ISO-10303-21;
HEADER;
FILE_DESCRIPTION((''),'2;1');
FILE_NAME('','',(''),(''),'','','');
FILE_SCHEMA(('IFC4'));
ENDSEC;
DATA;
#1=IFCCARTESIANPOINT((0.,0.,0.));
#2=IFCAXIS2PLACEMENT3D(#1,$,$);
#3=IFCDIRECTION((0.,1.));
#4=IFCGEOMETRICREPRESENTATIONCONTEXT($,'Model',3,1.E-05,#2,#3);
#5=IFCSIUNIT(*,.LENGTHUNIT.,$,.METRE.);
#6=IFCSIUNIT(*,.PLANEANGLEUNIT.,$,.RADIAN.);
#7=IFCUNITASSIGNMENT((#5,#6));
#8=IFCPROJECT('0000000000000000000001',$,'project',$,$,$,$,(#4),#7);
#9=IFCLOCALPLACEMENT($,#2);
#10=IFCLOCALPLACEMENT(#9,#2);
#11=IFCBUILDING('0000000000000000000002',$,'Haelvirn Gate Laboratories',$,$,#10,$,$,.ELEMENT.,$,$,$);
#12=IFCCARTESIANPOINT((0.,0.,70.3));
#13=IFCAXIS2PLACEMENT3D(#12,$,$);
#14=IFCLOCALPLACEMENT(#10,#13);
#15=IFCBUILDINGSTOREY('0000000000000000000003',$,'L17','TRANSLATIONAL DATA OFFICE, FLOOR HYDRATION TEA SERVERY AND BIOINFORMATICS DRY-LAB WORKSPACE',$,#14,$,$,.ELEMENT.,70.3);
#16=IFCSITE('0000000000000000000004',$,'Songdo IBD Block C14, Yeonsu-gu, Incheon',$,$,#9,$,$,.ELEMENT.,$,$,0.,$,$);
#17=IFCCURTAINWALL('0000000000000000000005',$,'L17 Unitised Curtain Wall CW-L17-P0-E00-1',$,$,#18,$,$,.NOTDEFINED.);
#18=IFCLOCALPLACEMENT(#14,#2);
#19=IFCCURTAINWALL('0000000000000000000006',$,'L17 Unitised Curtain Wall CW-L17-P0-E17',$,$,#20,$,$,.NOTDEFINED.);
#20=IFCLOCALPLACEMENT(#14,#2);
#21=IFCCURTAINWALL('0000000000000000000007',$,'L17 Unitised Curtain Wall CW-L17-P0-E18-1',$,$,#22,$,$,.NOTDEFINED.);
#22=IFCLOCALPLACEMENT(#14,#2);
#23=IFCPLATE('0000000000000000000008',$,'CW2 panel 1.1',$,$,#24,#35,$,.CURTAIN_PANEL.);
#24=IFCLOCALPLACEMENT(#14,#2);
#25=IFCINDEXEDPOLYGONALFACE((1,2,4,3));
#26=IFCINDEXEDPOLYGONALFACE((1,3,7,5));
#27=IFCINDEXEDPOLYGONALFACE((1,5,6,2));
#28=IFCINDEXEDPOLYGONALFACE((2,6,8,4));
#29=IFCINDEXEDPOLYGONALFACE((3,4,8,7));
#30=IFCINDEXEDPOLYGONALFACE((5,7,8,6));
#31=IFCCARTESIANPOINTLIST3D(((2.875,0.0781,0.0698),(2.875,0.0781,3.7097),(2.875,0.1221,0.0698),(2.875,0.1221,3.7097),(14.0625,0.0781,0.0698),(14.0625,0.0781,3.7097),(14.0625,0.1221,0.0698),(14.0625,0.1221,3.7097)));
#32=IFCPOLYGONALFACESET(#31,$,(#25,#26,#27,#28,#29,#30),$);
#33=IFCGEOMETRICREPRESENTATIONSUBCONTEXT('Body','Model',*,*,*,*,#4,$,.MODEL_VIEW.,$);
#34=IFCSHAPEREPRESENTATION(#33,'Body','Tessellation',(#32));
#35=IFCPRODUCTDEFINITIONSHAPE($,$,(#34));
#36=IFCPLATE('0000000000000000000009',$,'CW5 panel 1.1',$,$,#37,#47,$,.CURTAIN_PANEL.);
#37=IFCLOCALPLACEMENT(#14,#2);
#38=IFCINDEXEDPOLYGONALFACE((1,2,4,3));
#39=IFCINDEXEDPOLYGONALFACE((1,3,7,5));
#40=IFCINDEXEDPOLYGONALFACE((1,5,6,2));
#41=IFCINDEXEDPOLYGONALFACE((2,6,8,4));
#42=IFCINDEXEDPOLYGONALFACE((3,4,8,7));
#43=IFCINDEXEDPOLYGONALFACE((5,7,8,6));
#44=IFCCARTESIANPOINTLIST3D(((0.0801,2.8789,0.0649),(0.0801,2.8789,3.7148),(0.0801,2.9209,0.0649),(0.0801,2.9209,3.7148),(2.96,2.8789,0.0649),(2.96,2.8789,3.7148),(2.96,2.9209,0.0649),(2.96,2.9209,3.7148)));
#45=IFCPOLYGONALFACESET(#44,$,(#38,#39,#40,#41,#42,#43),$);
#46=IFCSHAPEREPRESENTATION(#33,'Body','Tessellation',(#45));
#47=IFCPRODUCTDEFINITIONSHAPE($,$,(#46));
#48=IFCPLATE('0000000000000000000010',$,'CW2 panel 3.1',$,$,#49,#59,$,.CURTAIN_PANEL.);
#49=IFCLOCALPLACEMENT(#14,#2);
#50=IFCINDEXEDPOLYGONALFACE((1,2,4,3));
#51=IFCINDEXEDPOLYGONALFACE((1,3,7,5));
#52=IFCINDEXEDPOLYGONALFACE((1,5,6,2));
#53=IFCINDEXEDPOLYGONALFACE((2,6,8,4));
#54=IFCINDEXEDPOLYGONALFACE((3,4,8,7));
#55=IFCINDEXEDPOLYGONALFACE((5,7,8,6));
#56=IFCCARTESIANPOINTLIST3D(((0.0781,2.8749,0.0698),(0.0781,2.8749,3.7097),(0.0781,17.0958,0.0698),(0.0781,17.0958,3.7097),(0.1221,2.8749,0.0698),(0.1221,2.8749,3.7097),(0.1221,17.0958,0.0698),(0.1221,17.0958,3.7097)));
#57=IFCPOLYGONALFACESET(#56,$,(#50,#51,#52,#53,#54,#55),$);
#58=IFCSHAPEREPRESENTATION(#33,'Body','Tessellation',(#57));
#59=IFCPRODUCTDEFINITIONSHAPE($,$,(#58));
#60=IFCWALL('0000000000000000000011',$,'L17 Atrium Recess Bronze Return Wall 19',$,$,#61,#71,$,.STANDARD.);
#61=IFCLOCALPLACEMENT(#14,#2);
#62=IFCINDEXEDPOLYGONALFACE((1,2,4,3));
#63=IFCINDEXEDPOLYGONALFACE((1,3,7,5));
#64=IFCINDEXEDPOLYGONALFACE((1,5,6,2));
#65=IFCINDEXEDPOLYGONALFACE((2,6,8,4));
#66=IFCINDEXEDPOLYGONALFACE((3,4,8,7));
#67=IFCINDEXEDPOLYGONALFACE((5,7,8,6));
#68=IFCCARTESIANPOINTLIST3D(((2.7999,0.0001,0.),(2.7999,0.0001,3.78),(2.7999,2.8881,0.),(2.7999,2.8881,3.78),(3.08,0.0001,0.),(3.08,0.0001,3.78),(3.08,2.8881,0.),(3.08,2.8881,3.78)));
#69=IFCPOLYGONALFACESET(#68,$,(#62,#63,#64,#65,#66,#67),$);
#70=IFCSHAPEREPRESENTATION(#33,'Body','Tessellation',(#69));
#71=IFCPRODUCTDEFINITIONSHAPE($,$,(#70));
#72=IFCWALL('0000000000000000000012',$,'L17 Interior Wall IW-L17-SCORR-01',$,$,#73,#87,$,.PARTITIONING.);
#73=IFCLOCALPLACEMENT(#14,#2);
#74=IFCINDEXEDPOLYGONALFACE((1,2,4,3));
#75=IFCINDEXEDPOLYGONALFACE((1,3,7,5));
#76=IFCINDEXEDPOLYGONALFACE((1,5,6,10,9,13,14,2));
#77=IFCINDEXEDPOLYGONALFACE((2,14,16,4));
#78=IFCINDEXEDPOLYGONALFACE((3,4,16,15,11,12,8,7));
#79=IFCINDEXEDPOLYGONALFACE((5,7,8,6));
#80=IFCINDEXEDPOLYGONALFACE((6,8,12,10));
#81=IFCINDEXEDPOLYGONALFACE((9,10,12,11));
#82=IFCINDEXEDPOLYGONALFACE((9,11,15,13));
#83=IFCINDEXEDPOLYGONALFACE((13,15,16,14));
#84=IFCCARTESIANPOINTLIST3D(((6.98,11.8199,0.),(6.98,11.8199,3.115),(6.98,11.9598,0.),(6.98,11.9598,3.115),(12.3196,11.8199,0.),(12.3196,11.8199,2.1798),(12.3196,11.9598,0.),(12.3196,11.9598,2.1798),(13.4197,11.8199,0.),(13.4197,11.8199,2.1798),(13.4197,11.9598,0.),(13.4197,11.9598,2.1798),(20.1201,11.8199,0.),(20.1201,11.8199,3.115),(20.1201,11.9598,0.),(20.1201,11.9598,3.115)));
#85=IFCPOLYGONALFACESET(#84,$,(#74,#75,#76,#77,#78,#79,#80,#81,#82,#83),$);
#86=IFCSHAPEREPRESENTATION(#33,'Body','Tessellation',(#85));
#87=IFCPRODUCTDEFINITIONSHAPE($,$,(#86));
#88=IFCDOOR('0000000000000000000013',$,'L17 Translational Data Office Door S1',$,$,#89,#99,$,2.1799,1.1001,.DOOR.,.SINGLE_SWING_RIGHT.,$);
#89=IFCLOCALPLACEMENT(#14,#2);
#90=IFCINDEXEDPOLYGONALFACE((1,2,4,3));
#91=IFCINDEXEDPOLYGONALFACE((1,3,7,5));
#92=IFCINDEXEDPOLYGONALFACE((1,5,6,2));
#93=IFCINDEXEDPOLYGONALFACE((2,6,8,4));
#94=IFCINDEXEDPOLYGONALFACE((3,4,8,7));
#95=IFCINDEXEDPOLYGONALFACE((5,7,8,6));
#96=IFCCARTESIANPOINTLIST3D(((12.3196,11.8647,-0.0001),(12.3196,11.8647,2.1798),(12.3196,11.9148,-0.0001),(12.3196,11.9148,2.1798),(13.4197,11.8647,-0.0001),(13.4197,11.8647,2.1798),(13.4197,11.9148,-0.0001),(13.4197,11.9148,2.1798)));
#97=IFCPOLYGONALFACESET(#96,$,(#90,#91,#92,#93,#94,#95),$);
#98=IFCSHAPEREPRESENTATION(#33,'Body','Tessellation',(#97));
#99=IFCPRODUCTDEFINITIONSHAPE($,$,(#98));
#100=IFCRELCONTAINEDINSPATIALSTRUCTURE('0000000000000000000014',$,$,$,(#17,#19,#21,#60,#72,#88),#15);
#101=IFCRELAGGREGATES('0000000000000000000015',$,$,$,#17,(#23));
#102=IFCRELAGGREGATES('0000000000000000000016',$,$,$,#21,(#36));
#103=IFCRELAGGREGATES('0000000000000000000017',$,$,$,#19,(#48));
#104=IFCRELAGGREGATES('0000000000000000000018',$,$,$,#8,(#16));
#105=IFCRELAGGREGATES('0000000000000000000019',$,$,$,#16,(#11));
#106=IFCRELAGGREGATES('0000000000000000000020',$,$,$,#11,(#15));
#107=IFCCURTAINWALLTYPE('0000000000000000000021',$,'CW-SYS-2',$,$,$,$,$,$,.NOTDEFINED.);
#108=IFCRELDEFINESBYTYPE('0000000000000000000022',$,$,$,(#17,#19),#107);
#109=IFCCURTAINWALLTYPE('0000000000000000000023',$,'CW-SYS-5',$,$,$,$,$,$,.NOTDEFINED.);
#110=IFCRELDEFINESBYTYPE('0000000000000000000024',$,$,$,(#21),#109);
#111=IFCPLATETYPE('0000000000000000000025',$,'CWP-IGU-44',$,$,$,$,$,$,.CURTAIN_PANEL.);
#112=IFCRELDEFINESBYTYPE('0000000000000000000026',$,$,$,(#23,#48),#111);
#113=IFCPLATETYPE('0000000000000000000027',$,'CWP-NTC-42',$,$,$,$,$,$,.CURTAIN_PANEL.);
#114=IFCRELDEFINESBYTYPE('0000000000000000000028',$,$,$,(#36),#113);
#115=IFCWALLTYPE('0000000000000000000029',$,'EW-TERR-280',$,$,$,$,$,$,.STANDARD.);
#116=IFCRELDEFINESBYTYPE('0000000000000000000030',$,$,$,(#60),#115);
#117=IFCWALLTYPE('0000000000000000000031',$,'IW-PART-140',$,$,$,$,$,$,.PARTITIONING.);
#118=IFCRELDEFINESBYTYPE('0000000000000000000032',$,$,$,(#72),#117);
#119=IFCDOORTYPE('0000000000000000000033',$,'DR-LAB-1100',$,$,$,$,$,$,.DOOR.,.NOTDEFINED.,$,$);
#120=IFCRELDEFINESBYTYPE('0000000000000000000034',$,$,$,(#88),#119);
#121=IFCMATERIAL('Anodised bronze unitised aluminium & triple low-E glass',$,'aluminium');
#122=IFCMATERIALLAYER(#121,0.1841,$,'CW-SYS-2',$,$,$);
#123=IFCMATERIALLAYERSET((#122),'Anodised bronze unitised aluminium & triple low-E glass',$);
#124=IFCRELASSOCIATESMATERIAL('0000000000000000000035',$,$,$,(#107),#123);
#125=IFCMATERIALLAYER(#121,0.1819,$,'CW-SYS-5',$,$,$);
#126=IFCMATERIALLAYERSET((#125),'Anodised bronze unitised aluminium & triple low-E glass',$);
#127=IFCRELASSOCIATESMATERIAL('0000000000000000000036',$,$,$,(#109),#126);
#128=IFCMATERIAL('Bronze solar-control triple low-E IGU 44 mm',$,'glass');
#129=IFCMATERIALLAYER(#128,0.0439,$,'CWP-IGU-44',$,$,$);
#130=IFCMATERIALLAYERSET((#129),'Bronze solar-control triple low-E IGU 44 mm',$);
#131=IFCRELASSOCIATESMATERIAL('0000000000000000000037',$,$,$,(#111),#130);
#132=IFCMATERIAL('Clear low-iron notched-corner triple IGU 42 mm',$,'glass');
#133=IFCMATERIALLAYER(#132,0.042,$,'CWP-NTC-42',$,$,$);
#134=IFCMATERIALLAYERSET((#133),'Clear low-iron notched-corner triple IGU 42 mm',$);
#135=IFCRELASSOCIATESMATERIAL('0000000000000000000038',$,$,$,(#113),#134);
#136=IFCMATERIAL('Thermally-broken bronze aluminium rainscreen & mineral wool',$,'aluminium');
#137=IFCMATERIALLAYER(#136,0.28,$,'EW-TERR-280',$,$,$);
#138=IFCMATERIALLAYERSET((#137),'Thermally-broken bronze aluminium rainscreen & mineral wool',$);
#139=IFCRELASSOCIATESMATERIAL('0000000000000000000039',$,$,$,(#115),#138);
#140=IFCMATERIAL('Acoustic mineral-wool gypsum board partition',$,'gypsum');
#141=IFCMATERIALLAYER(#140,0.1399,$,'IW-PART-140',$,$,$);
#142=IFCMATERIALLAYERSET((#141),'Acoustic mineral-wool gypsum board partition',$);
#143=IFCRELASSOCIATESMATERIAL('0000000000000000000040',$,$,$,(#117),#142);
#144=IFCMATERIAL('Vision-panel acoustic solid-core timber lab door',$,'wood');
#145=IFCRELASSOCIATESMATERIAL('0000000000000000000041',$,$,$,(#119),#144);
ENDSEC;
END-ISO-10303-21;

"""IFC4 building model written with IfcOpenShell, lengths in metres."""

from ifc_helpers import new_model, si_unit, direction, frame, frame_2d, origin, origin_2d, place, context, subcontext, project, spatial, rectangle, extrude, source, transform, mapped, material, layer, layer_set, type_object, type_shapes, element, fill, aggregate, save


model = new_model("IFC4")

# Units and contexts
model_context = context("Model", 3, precision=1e-05, world=origin(), true_north=direction((0.0, 1.0)))
body_context = subcontext(model_context, "Body", "Model", "MODEL_VIEW")
ifc_project = project(units=[si_unit("LENGTHUNIT", "METRE"), si_unit("PLANEANGLEUNIT", "RADIAN")], contexts=[model_context])

# Site, building, storey
site_placement = place(None, origin())
site = spatial("IfcSite", under=ifc_project, at=site_placement, Name="Songdo IBD Block C14, Yeonsu-gu, Incheon", CompositionType="ELEMENT", RefElevation=0.0)
building_placement = place(site_placement, origin())
building = spatial("IfcBuilding", under=site, at=building_placement, Name="Haelvirn Gate Laboratories", CompositionType="ELEMENT")
storey_placement = place(building_placement, frame((0.0, 0.0, 70.3)))
storey = spatial("IfcBuildingStorey", under=building, at=storey_placement, Name="L17", Description="TRANSLATIONAL DATA OFFICE, FLOOR HYDRATION TEA SERVERY AND BIOINFORMATICS DRY-LAB WORKSPACE", CompositionType="ELEMENT", Elevation=70.3)

# Curtain walls
ifc_material_1 = material(Name="Anodised bronze unitised aluminium & triple low-E glass", Category="aluminium")
ifc_layer_1 = layer(ifc_material_1, 0.1841, Name="CW-SYS-2")
ifc_layer_set_1 = layer_set([ifc_layer_1], Name="Anodised bronze unitised aluminium & triple low-E glass")
curtain_wall_type_1 = type_object("IfcCurtainWallType", Name="CW-SYS-2", PredefinedType="NOTDEFINED", material=ifc_layer_set_1)
curtain_wall_1_placement = place(storey_placement, origin())
curtain_wall_1 = element("IfcCurtainWall", 1, at=curtain_wall_1_placement, inside=storey, type_object=curtain_wall_type_1, Name="L17 Unitised Curtain Wall CW-L17-P0-E00-1", PredefinedType="NOTDEFINED")
curtain_wall_2_placement = place(storey_placement, origin())
curtain_wall_2 = element("IfcCurtainWall", 2, at=curtain_wall_2_placement, inside=storey, type_object=curtain_wall_type_1, Name="L17 Unitised Curtain Wall CW-L17-P0-E17", PredefinedType="NOTDEFINED")

# Curtain wall
ifc_layer_2 = layer(ifc_material_1, 0.1819, Name="CW-SYS-5")
ifc_layer_set_2 = layer_set([ifc_layer_2], Name="Anodised bronze unitised aluminium & triple low-E glass")
curtain_wall_type_2 = type_object("IfcCurtainWallType", Name="CW-SYS-5", PredefinedType="NOTDEFINED", material=ifc_layer_set_2)
curtain_wall_3_placement = place(storey_placement, origin())
curtain_wall_3 = element("IfcCurtainWall", 3, at=curtain_wall_3_placement, inside=storey, type_object=curtain_wall_type_2, Name="L17 Unitised Curtain Wall CW-L17-P0-E18-1", PredefinedType="NOTDEFINED")

# Plates
ifc_material_2 = material(Name="Bronze solar-control triple low-E IGU 44 mm", Category="glass")
ifc_layer_3 = layer(ifc_material_2, 0.0439, Name="CWP-IGU-44")
ifc_layer_set_3 = layer_set([ifc_layer_3], Name="Bronze solar-control triple low-E IGU 44 mm")
plate_type_1 = type_object("IfcPlateType", Name="CWP-IGU-44", PredefinedType="CURTAIN_PANEL", material=ifc_layer_set_3)
shared_shape_1 = source(origin(), body_context, "Body", "SweptSolid", [
    extrude(rectangle(XDim=11.1875, YDim=0.0439, at=origin_2d()), origin(), (0.0, 0.0, 1.0), 3.6399),
])
plate_1_placement = place(storey_placement, frame((8.4688, 0.1001, 0.0698), z_axis=(0.0, 0.0, 1.0), x_axis=(1.0, 0.0, 0.0)))
plate_1 = element("IfcPlate", 4, at=plate_1_placement, type_object=plate_type_1, Name="CW2 panel 1.1", PredefinedType="CURTAIN_PANEL", context=body_context, shape_type="MappedRepresentation", body=[
    mapped(shared_shape_1, transform((0.0, 0.0, 0.0), scale=1.0)),
])
aggregate(curtain_wall_1, [plate_1])
ifc_material_3 = material(Name="Clear low-iron notched-corner triple IGU 42 mm", Category="glass")
ifc_layer_4 = layer(ifc_material_3, 0.042, Name="CWP-NTC-42")
ifc_layer_set_4 = layer_set([ifc_layer_4], Name="Clear low-iron notched-corner triple IGU 42 mm")
plate_type_2 = type_object("IfcPlateType", Name="CWP-NTC-42", PredefinedType="CURTAIN_PANEL", material=ifc_layer_set_4)
shared_shape_2 = source(origin(), body_context, "Body", "SweptSolid", [
    extrude(rectangle(XDim=2.8799, YDim=0.042, at=origin_2d()), origin(), (0.0, 0.0, 1.0), 3.6499),
])
type_shapes(plate_type_2, [shared_shape_2])
plate_2_placement = place(storey_placement, frame((1.52, 2.8999, 0.0649), z_axis=(0.0, 0.0, 1.0), x_axis=(1.0, 0.0, 0.0)))
plate_2 = element("IfcPlate", 5, at=plate_2_placement, type_object=plate_type_2, Name="CW5 panel 1.1", PredefinedType="CURTAIN_PANEL", context=body_context, shape_type="MappedRepresentation", body=[
    mapped(shared_shape_2, transform((0.0, 0.0, 0.0), scale=1.0)),
])
aggregate(curtain_wall_3, [plate_2])
shared_shape_3 = source(origin(), body_context, "Body", "SweptSolid", [
    extrude(rectangle(XDim=14.2209, YDim=0.0439, at=origin_2d()), origin(), (0.0, 0.0, 1.0), 3.6399),
])
type_shapes(plate_type_1, [shared_shape_1, shared_shape_3])
plate_3_placement = place(storey_placement, frame((0.1001, 9.9854, 0.0698), z_axis=(0.0, 0.0, 1.0), x_axis=(0.0, -1.0, 0.0)))
plate_3 = element("IfcPlate", 6, at=plate_3_placement, type_object=plate_type_1, Name="CW2 panel 3.1", PredefinedType="CURTAIN_PANEL", context=body_context, shape_type="MappedRepresentation", body=[
    mapped(shared_shape_3, transform((0.0, 0.0, 0.0), scale=1.0)),
])
aggregate(curtain_wall_2, [plate_3])

# Wall
ifc_material_4 = material(Name="Thermally-broken bronze aluminium rainscreen & mineral wool", Category="aluminium")
ifc_layer_5 = layer(ifc_material_4, 0.28, Name="EW-TERR-280")
ifc_layer_set_5 = layer_set([ifc_layer_5], Name="Thermally-broken bronze aluminium rainscreen & mineral wool")
wall_type_1 = type_object("IfcWallType", Name="EW-TERR-280", PredefinedType="STANDARD", material=ifc_layer_set_5)
wall_1_placement = place(storey_placement, frame((2.9399, 2.8879, 0.0), z_axis=(0.0, 0.0, 1.0), x_axis=(0.0, -1.0, 0.0)))
element("IfcWall", 7, at=wall_1_placement, inside=storey, type_object=wall_type_1, Name="L17 Atrium Recess Bronze Return Wall 19", PredefinedType="STANDARD", context=body_context, shape_type="SweptSolid", body=[
    extrude(rectangle(XDim=2.8879, YDim=0.28, at=frame_2d((1.4438, 0.0))), origin(), (0.0, 0.0, 1.0), 3.78),
])

# Wall, opening, door
ifc_material_5 = material(Name="Acoustic mineral-wool gypsum board partition", Category="gypsum")
ifc_layer_6 = layer(ifc_material_5, 0.1399, Name="IW-PART-140")
ifc_layer_set_6 = layer_set([ifc_layer_6], Name="Acoustic mineral-wool gypsum board partition")
wall_type_2 = type_object("IfcWallType", Name="IW-PART-140", PredefinedType="PARTITIONING", material=ifc_layer_set_6)
wall_2_placement = place(storey_placement, frame((6.98, 11.8899, 0.0), z_axis=(0.0, 0.0, 1.0), x_axis=(1.0, 0.0, 0.0)))
wall_2 = element("IfcWall", 8, at=wall_2_placement, inside=storey, type_object=wall_type_2, Name="L17 Interior Wall IW-L17-SCORR-01", PredefinedType="PARTITIONING", context=body_context, shape_type="SweptSolid", body=[
    extrude(rectangle(XDim=13.1401, YDim=0.1399, at=frame_2d((6.5701, 0.0))), origin(), (0.0, 0.0, 1.0), 3.115),
])
opening_placement = place(wall_2_placement, frame((5.3396, 0.0, 0.0)))
opening = element("IfcOpeningElement", 9, at=opening_placement, cuts=wall_2, PredefinedType="OPENING", context=body_context, shape_type="SweptSolid", body=[
    extrude(rectangle(XDim=1.1001, YDim=2.1799, at=frame_2d((0.55, 1.0898))), frame((0.0, 0.0801, 0.0), z_axis=(0.0, -1.0, 0.0), x_axis=(1.0, 0.0, 0.0)), (0.0, 0.0, 1.0), 0.1599),
])
ifc_material_6 = material(Name="Vision-panel acoustic solid-core timber lab door", Category="wood")
door_type = type_object("IfcDoorType", Name="DR-LAB-1100", OperationType="NOTDEFINED", PredefinedType="DOOR", material=ifc_material_6)
shared_shape_4 = source(origin(), body_context, "Body", "SweptSolid", [
    extrude(rectangle(XDim=1.1001, YDim=2.1799, at=frame_2d((0.55, 1.0898))), frame((0.0, 0.0249, 0.0), z_axis=(0.0, -1.0, 0.0), x_axis=(1.0, 0.0, 0.0)), (0.0, 0.0, 1.0), 0.05),
])
type_shapes(door_type, [shared_shape_4])
door_placement = place(opening_placement, origin())
door = element("IfcDoor", 10, at=door_placement, inside=storey, type_object=door_type, Name="L17 Translational Data Office Door S1", OperationType="SINGLE_SWING_RIGHT", OverallHeight=2.1799, OverallWidth=1.1001, PredefinedType="DOOR", context=body_context, shape_type="MappedRepresentation", body=[
    mapped(shared_shape_4, transform((0.0, 0.0, 0.0), scale=1.0)),
])
fill(opening, door)

save(model, "model.ifc")
